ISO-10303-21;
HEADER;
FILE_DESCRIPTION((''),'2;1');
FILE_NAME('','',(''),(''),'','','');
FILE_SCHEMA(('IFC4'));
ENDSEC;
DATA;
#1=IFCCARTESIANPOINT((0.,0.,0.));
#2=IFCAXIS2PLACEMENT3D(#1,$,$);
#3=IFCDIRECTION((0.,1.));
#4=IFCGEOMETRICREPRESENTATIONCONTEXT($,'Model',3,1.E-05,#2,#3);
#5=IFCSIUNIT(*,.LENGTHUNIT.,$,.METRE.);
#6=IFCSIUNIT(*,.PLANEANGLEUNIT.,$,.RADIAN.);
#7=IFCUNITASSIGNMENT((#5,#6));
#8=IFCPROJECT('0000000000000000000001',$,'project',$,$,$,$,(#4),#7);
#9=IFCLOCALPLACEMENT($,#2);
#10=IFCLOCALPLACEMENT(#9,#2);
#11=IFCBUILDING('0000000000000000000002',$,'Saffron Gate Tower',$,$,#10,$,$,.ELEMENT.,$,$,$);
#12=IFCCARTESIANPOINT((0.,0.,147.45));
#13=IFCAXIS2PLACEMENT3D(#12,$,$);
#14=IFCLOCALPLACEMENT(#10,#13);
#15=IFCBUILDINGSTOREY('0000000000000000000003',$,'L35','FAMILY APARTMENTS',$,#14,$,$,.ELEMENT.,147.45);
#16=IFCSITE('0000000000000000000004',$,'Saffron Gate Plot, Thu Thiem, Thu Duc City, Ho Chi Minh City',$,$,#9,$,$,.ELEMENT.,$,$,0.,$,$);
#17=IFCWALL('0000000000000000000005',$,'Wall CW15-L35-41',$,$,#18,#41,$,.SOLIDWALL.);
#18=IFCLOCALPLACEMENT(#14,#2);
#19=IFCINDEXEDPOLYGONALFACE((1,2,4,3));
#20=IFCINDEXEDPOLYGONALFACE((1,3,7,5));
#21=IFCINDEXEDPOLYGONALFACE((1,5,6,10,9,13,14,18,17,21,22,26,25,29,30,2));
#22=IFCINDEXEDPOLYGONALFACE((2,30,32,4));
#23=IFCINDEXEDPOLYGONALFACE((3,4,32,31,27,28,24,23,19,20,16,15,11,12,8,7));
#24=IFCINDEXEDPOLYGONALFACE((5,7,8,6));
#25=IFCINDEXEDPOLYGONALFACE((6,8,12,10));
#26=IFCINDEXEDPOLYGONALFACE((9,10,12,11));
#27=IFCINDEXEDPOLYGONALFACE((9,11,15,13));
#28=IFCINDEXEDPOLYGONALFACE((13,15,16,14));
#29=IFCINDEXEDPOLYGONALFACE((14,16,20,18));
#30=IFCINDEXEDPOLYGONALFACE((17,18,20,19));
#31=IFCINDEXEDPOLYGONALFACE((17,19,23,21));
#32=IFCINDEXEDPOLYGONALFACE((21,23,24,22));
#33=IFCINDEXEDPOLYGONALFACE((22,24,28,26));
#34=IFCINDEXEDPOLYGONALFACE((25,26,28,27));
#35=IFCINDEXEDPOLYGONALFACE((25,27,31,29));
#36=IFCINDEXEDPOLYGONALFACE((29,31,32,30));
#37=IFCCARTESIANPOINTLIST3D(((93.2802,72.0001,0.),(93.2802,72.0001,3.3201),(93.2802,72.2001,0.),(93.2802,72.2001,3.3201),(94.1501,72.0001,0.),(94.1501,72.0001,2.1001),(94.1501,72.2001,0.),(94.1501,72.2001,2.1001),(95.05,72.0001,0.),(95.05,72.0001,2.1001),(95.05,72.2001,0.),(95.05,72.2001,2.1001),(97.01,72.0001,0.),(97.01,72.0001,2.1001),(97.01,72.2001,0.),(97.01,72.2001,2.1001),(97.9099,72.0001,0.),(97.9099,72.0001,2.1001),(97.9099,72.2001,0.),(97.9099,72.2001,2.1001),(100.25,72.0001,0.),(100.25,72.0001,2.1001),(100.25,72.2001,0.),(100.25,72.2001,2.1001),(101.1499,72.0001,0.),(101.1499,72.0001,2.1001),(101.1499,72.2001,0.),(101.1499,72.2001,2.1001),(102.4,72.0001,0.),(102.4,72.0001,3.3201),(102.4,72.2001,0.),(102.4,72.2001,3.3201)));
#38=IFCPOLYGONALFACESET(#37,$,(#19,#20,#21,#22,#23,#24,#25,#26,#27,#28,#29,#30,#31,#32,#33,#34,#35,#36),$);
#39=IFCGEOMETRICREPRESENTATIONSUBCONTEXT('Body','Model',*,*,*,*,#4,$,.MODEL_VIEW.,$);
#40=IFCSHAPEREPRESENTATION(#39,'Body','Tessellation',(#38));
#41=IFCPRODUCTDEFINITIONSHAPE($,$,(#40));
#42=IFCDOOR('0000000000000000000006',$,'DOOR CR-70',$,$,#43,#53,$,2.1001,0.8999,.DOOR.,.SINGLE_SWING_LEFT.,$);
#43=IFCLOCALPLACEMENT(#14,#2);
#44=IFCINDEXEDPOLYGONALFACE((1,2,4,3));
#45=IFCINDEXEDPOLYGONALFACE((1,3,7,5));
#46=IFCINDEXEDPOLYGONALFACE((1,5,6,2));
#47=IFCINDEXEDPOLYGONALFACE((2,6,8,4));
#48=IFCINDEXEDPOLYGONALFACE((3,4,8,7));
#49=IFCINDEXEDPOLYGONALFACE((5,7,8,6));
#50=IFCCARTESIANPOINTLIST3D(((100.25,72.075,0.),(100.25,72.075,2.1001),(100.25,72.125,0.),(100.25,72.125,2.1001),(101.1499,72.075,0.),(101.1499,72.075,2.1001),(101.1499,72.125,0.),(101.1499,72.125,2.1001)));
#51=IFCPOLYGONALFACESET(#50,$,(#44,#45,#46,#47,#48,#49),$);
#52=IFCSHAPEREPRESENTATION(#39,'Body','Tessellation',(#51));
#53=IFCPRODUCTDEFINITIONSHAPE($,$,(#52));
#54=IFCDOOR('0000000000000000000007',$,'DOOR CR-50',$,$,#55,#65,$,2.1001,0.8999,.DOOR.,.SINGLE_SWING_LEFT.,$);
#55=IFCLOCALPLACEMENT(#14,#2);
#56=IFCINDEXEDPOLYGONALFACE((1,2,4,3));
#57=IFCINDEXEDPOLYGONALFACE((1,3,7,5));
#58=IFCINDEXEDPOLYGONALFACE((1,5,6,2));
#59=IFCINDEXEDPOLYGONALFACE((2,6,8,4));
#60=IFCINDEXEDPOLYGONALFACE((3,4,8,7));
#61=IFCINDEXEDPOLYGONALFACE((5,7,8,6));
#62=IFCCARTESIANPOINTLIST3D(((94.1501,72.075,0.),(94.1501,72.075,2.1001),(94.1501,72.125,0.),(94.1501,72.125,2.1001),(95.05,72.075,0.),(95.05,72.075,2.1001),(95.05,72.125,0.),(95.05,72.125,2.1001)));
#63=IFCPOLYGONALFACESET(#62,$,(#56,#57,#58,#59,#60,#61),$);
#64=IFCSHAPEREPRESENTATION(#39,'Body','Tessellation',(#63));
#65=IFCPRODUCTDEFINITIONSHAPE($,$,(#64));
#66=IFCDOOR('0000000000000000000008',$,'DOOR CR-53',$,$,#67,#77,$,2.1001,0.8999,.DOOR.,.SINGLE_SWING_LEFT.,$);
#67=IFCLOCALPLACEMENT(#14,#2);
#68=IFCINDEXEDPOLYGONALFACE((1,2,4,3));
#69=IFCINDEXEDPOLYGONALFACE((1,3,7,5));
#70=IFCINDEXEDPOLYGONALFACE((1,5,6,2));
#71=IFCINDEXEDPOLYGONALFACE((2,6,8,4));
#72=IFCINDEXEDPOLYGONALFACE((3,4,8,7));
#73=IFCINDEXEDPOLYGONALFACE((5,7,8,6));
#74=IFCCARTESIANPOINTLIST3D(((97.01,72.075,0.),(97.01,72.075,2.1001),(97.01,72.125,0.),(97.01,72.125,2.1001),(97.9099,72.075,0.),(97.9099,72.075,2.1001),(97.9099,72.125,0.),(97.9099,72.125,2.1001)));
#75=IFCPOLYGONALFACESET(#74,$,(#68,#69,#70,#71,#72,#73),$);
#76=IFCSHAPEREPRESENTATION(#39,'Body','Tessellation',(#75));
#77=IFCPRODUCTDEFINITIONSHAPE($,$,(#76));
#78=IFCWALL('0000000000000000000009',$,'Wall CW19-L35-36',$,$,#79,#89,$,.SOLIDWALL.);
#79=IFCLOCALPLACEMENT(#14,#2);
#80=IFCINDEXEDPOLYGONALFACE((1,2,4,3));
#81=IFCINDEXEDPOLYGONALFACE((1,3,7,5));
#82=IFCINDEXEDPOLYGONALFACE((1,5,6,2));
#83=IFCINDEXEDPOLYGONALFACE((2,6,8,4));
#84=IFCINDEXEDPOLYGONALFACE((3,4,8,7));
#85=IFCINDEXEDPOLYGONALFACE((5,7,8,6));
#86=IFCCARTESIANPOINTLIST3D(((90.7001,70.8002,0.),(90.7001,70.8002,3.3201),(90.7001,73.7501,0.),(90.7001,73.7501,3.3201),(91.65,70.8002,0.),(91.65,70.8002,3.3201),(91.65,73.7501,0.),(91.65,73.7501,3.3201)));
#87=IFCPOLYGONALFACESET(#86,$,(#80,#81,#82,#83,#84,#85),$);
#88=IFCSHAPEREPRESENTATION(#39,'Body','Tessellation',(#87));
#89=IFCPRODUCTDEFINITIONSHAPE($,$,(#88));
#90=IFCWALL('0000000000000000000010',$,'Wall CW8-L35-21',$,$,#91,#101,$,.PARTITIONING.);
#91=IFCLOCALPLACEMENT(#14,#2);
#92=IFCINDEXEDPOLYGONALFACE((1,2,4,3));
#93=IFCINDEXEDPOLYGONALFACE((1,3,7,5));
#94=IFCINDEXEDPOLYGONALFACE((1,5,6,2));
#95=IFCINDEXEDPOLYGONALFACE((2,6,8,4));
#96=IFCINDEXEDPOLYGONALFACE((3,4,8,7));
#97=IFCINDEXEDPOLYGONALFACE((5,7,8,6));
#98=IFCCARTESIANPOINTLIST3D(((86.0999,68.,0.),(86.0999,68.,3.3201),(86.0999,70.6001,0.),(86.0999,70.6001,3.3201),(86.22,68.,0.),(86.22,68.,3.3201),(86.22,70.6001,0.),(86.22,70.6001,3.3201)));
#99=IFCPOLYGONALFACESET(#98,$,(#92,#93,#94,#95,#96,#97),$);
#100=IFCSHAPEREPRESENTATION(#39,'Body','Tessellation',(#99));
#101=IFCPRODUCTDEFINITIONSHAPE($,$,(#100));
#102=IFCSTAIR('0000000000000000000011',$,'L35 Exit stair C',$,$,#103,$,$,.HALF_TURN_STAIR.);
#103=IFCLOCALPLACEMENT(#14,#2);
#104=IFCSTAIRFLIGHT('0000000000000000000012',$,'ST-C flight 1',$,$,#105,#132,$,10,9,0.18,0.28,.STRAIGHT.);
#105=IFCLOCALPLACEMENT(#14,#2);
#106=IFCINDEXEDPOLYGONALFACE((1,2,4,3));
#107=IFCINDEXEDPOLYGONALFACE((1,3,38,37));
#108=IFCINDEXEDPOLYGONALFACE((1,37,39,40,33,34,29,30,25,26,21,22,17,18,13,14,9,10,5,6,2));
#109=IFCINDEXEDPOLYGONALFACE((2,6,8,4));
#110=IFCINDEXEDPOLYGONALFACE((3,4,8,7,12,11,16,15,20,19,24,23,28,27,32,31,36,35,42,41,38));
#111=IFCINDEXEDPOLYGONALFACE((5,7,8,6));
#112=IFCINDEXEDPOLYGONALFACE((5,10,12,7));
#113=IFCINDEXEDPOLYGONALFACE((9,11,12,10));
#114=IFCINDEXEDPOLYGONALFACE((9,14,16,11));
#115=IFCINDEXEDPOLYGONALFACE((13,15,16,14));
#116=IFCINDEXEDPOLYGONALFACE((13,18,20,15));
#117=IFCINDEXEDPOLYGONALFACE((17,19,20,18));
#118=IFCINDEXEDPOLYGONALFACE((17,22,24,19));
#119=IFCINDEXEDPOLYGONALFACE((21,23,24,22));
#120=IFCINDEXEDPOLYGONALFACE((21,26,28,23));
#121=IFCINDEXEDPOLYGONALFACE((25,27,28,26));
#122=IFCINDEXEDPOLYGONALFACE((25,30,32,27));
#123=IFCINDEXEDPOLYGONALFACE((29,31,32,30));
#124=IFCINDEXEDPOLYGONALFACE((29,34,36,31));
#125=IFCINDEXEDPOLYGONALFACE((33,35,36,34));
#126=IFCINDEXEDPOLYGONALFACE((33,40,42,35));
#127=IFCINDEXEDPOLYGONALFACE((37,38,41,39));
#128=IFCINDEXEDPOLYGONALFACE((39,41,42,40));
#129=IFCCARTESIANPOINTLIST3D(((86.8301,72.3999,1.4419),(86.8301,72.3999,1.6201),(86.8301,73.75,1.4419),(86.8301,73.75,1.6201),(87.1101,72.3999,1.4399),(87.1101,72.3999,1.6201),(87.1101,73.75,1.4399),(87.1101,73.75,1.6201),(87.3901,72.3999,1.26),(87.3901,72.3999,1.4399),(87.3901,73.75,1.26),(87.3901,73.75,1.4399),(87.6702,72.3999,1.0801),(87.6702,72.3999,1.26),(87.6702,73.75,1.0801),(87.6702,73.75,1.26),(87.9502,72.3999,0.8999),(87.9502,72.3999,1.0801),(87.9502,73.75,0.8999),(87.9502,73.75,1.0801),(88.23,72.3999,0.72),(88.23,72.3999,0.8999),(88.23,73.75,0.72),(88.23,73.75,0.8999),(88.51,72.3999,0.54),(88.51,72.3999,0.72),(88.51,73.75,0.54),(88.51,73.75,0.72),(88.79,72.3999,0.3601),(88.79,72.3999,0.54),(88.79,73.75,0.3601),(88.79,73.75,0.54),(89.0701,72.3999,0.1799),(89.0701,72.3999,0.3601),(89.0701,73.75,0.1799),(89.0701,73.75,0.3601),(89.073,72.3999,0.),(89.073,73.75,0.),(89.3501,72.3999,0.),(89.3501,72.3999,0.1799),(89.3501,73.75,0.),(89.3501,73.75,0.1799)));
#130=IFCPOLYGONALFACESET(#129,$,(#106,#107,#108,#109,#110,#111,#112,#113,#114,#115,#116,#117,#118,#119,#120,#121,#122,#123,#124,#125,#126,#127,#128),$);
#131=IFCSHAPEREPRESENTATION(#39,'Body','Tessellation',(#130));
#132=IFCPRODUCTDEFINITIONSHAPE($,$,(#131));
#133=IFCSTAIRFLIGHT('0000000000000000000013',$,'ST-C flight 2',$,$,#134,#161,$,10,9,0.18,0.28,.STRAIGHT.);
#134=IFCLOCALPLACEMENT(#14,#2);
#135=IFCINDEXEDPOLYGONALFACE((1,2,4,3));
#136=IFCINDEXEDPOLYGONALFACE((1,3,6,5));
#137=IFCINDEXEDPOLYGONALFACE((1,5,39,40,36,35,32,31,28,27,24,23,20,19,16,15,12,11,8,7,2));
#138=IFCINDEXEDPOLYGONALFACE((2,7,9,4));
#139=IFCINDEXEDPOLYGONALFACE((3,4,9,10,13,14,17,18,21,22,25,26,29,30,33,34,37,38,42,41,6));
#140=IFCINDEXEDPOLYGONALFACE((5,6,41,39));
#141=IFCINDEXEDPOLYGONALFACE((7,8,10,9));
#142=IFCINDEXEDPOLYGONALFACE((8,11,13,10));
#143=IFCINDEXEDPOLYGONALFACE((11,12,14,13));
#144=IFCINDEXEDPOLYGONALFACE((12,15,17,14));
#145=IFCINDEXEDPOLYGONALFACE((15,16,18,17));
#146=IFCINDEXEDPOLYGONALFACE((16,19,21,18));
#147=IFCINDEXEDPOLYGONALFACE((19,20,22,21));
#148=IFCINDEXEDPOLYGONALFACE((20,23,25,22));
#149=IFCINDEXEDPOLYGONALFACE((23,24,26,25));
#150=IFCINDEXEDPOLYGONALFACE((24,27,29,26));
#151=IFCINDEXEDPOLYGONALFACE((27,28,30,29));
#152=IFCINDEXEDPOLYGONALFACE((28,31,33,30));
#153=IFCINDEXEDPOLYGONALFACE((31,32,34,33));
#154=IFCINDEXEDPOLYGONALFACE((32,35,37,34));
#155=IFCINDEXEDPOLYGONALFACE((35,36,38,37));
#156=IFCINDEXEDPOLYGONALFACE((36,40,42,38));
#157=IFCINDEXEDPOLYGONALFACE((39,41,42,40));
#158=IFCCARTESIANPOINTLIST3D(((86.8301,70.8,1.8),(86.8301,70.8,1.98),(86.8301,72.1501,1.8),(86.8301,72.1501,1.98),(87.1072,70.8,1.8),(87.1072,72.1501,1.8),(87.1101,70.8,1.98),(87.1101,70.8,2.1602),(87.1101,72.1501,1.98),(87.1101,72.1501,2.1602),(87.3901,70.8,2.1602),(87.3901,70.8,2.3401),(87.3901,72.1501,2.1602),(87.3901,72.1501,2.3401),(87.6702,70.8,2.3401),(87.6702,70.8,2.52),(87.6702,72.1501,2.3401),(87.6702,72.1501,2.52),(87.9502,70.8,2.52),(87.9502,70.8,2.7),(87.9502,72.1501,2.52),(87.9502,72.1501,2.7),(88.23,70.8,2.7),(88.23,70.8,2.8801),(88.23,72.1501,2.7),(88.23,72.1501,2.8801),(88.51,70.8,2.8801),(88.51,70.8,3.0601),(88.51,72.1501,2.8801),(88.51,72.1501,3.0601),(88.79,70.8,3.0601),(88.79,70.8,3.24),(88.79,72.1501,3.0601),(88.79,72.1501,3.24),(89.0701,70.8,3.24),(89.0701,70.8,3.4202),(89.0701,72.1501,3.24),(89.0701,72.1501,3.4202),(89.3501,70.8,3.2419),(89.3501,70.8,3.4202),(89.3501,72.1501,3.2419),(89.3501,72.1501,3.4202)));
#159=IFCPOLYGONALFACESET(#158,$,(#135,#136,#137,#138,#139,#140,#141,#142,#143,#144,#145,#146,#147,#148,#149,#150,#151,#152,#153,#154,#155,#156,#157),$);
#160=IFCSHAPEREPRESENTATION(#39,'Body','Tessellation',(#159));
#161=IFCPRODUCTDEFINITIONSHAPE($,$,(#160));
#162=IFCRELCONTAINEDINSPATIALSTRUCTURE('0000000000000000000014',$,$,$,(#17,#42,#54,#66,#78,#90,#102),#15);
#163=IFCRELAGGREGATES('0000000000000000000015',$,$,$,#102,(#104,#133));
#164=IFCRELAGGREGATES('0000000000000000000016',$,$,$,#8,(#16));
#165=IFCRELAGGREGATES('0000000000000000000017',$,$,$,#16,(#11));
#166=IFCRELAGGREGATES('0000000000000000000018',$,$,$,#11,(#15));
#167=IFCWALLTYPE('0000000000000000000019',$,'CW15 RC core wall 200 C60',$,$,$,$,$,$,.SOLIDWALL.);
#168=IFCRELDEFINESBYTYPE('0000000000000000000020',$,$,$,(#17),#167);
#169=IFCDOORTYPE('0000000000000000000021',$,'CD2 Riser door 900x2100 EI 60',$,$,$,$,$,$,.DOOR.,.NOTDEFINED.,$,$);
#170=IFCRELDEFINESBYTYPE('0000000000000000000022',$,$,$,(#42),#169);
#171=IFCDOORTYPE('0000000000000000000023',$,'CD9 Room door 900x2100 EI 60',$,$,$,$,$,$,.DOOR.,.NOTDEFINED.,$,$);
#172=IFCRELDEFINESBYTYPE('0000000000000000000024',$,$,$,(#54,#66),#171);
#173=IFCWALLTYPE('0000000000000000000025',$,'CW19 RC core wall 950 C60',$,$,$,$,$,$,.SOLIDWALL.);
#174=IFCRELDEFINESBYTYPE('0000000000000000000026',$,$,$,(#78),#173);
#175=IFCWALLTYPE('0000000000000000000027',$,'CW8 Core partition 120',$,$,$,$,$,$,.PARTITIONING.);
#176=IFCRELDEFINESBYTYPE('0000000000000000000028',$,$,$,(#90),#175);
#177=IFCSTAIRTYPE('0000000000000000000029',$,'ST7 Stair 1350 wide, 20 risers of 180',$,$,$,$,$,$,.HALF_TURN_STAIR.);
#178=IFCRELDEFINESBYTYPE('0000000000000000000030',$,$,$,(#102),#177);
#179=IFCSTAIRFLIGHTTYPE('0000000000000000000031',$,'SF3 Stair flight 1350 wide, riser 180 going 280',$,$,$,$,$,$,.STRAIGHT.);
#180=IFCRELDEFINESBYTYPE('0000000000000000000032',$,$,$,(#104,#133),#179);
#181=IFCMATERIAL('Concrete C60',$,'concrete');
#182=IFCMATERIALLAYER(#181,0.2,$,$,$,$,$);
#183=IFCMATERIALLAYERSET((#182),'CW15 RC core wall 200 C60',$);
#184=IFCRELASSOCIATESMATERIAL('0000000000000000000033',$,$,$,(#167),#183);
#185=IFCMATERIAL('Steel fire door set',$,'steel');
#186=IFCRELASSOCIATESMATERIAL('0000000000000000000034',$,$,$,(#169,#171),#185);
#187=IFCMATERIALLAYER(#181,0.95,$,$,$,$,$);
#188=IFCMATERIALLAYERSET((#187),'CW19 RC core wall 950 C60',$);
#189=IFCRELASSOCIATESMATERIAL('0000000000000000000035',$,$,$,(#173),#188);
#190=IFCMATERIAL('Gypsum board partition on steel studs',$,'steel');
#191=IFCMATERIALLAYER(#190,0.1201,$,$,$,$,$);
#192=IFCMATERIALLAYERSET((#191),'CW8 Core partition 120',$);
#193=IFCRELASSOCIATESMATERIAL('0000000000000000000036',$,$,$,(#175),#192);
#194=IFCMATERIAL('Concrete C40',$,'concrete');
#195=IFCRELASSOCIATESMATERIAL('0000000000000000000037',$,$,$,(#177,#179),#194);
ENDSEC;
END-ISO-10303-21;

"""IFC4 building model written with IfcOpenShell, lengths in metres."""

from ifc_helpers import new_model, si_unit, direction, frame, frame_2d, origin, place, context, subcontext, project, spatial, polyline, rectangle, outline, extrude, material, layer, layer_set, type_object, element, fill, aggregate, save


model = new_model("IFC4")

# Units and contexts
model_context = context("Model", 3, precision=1e-05, world=origin(), true_north=direction((0.0, 1.0)))
body_context = subcontext(model_context, "Body", "Model", "MODEL_VIEW")
ifc_project = project(units=[si_unit("LENGTHUNIT", "METRE"), si_unit("PLANEANGLEUNIT", "RADIAN")], contexts=[model_context])

# Site, building, storey
site_placement = place(None, origin())
site = spatial("IfcSite", under=ifc_project, at=site_placement, Name="Saffron Gate Plot, Thu Thiem, Thu Duc City, Ho Chi Minh City", CompositionType="ELEMENT", RefElevation=0.0)
building_placement = place(site_placement, origin())
building = spatial("IfcBuilding", under=site, at=building_placement, Name="Saffron Gate Tower", CompositionType="ELEMENT")
storey_placement = place(building_placement, frame((0.0, 0.0, 147.45)))
storey = spatial("IfcBuildingStorey", under=building, at=storey_placement, Name="L35", Description="FAMILY APARTMENTS", CompositionType="ELEMENT", Elevation=147.45)

# Shared definitions
ifc_material_1 = material(Name="Gypsum board partition on steel studs", Category="steel")
ifc_material_2 = material(Name="Concrete C60", Category="concrete")

# Shared definitions
ifc_material_3 = material(Name="Steel fire door set", Category="steel")

# Wall, openings, doors
ifc_layer_1 = layer(ifc_material_2, 0.2)
ifc_layer_set_1 = layer_set([ifc_layer_1], Name="CW15 RC core wall 200 C60")
wall_type_1 = type_object("IfcWallType", Name="CW15 RC core wall 200 C60", PredefinedType="SOLIDWALL", material=ifc_layer_set_1)
door_type_1 = type_object("IfcDoorType", Name="CD2 Riser door 900x2100 EI 60", OperationType="NOTDEFINED", PredefinedType="DOOR", material=ifc_material_3)
wall_1_placement = place(storey_placement, frame((93.28, 72.1001, 0.0), z_axis=(0.0, 0.0, 1.0), x_axis=(1.0, 0.0, 0.0)))
wall_1 = element("IfcWall", 1, at=wall_1_placement, inside=storey, type_object=wall_type_1, Name="Wall CW15-L35-41", PredefinedType="SOLIDWALL", context=body_context, shape_type="SweptSolid", body=[
    extrude(rectangle(XDim=9.1199, YDim=0.2, at=frame_2d((4.5601, 0.0))), origin(), (0.0, 0.0, 1.0), 3.3201),
])
opening_1_placement = place(wall_1_placement, frame((0.8701, 0.0, 0.0)))
opening_1 = element("IfcOpeningElement", 2, at=opening_1_placement, cuts=wall_1, PredefinedType="OPENING", context=body_context, shape_type="SweptSolid", body=[
    extrude(rectangle(XDim=0.8999, YDim=2.1001, at=frame_2d((0.45, 1.05))), frame((0.0, 0.1099, 0.0), z_axis=(0.0, -1.0, 0.0), x_axis=(1.0, 0.0, 0.0)), (0.0, 0.0, 1.0), 0.22),
])
opening_2_placement = place(wall_1_placement, frame((3.73, 0.0, 0.0)))
opening_2 = element("IfcOpeningElement", 3, at=opening_2_placement, cuts=wall_1, PredefinedType="OPENING", context=body_context, shape_type="SweptSolid", body=[
    extrude(rectangle(XDim=0.8999, YDim=2.1001, at=frame_2d((0.45, 1.05))), frame((0.0, 0.1099, 0.0), z_axis=(0.0, -1.0, 0.0), x_axis=(1.0, 0.0, 0.0)), (0.0, 0.0, 1.0), 0.22),
])
opening_3_placement = place(wall_1_placement, frame((6.97, 0.0, 0.0)))
opening_3 = element("IfcOpeningElement", 4, at=opening_3_placement, cuts=wall_1, PredefinedType="OPENING", context=body_context, shape_type="SweptSolid", body=[
    extrude(rectangle(XDim=0.8999, YDim=2.1001, at=frame_2d((0.45, 1.05))), frame((0.0, 0.1099, 0.0), z_axis=(0.0, -1.0, 0.0), x_axis=(1.0, 0.0, 0.0)), (0.0, 0.0, 1.0), 0.22),
])
door_1_placement = place(opening_3_placement, origin())
door_1 = element("IfcDoor", 5, at=door_1_placement, inside=storey, type_object=door_type_1, Name="DOOR CR-70", OperationType="SINGLE_SWING_LEFT", OverallHeight=2.1001, OverallWidth=0.8999, PredefinedType="DOOR", context=body_context, shape_type="SweptSolid", body=[
    extrude(rectangle(XDim=0.8999, YDim=2.1001, at=frame_2d((0.45, 1.05))), frame((0.0, 0.0249, 0.0), z_axis=(0.0, -1.0, 0.0), x_axis=(1.0, 0.0, 0.0)), (0.0, 0.0, 1.0), 0.05),
])
fill(opening_3, door_1)
door_type_2 = type_object("IfcDoorType", Name="CD9 Room door 900x2100 EI 60", OperationType="NOTDEFINED", PredefinedType="DOOR", material=ifc_material_3)
door_2_placement = place(opening_1_placement, origin())
door_2 = element("IfcDoor", 6, at=door_2_placement, inside=storey, type_object=door_type_2, Name="DOOR CR-50", OperationType="SINGLE_SWING_LEFT", OverallHeight=2.1001, OverallWidth=0.8999, PredefinedType="DOOR", context=body_context, shape_type="SweptSolid", body=[
    extrude(rectangle(XDim=0.8999, YDim=2.1001, at=frame_2d((0.45, 1.05))), frame((0.0, 0.0249, 0.0), z_axis=(0.0, -1.0, 0.0), x_axis=(1.0, 0.0, 0.0)), (0.0, 0.0, 1.0), 0.05),
])
fill(opening_1, door_2)
door_3_placement = place(opening_2_placement, origin())
door_3 = element("IfcDoor", 7, at=door_3_placement, inside=storey, type_object=door_type_2, Name="DOOR CR-53", OperationType="SINGLE_SWING_LEFT", OverallHeight=2.1001, OverallWidth=0.8999, PredefinedType="DOOR", context=body_context, shape_type="SweptSolid", body=[
    extrude(rectangle(XDim=0.8999, YDim=2.1001, at=frame_2d((0.45, 1.05))), frame((0.0, 0.0249, 0.0), z_axis=(0.0, -1.0, 0.0), x_axis=(1.0, 0.0, 0.0)), (0.0, 0.0, 1.0), 0.05),
])
fill(opening_2, door_3)

# Walls
ifc_layer_2 = layer(ifc_material_2, 0.95)
ifc_layer_set_2 = layer_set([ifc_layer_2], Name="CW19 RC core wall 950 C60")
wall_type_2 = type_object("IfcWallType", Name="CW19 RC core wall 950 C60", PredefinedType="SOLIDWALL", material=ifc_layer_set_2)
wall_2_placement = place(storey_placement, frame((91.175, 70.8, 0.0), z_axis=(0.0, 0.0, 1.0), x_axis=(0.0, 1.0, 0.0)))
element("IfcWall", 8, at=wall_2_placement, inside=storey, type_object=wall_type_2, Name="Wall CW19-L35-36", PredefinedType="SOLIDWALL", context=body_context, shape_type="SweptSolid", body=[
    extrude(rectangle(XDim=2.95, YDim=0.95, at=frame_2d((1.4751, 0.0))), origin(), (0.0, 0.0, 1.0), 3.3201),
])
ifc_layer_3 = layer(ifc_material_1, 0.1201)
ifc_layer_set_3 = layer_set([ifc_layer_3], Name="CW8 Core partition 120")
wall_type_3 = type_object("IfcWallType", Name="CW8 Core partition 120", PredefinedType="PARTITIONING", material=ifc_layer_set_3)
wall_3_placement = place(storey_placement, frame((86.1599, 68.0, 0.0), z_axis=(0.0, 0.0, 1.0), x_axis=(0.0, 1.0, 0.0)))
element("IfcWall", 9, at=wall_3_placement, inside=storey, type_object=wall_type_3, Name="Wall CW8-L35-21", PredefinedType="PARTITIONING", context=body_context, shape_type="SweptSolid", body=[
    extrude(rectangle(XDim=2.6001, YDim=0.1201, at=frame_2d((1.3, 0.0))), origin(), (0.0, 0.0, 1.0), 3.3201),
])

# Stair, stair flights
ifc_material_4 = material(Name="Concrete C40", Category="concrete")
stair_type = type_object("IfcStairType", Name="ST7 Stair 1350 wide, 20 risers of 180", PredefinedType="HALF_TURN_STAIR", material=ifc_material_4)
stair_placement = place(storey_placement, origin())
stair = element("IfcStair", 10, at=stair_placement, inside=storey, type_object=stair_type, Name="L35 Exit stair C", PredefinedType="HALF_TURN_STAIR")
stair_flight_type = type_object("IfcStairFlightType", Name="SF3 Stair flight 1350 wide, riser 180 going 280", PredefinedType="STRAIGHT", material=ifc_material_4)
stair_flight_1_placement = place(storey_placement, frame((89.3501, 73.075, 0.0), z_axis=(0.0, 0.0, 1.0), x_axis=(-1.0, 0.0, 0.0)))
stair_flight_1 = element("IfcStairFlight", 11, at=stair_flight_1_placement, type_object=stair_flight_type, Name="ST-C flight 1", NumberOfRisers=10, NumberOfTreads=9, PredefinedType="STRAIGHT", RiserHeight=0.18, TreadLength=0.28, context=body_context, shape_type="SweptSolid", body=[
    extrude(outline(polyline([(0.0, 0.0), (0.0, 0.1799), (0.28, 0.1799), (0.28, 0.3601), (0.5601, 0.3601), (0.5601, 0.54), (0.8401, 0.54), (0.8401, 0.72), (1.1201, 0.72), (1.1201, 0.8999), (1.3999, 0.8999), (1.3999, 1.0801), (1.6799, 1.0801), (1.6799, 1.26), (1.96, 1.26), (1.96, 1.4399), (2.24, 1.4399), (2.24, 1.6201), (2.52, 1.6201), (2.52, 1.8), (2.52, 1.4419), (0.2771, 0.0), (0.0, 0.0)])), frame((0.0, 0.675, 0.0), z_axis=(0.0, -1.0, 0.0), x_axis=(1.0, 0.0, 0.0)), (0.0, 0.0, 1.0), 1.3501),
])
stair_flight_2_placement = place(storey_placement, frame((86.8301, 71.4751, 1.8), z_axis=(0.0, 0.0, 1.0), x_axis=(1.0, 0.0, 0.0)))
stair_flight_2 = element("IfcStairFlight", 12, at=stair_flight_2_placement, type_object=stair_flight_type, Name="ST-C flight 2", NumberOfRisers=10, NumberOfTreads=9, PredefinedType="STRAIGHT", RiserHeight=0.18, TreadLength=0.28, context=body_context, shape_type="SweptSolid", body=[
    extrude(outline(polyline([(0.0, 0.0), (0.0, 0.1799), (0.28, 0.1799), (0.28, 0.3601), (0.5601, 0.3601), (0.5601, 0.54), (0.8401, 0.54), (0.8401, 0.72), (1.1201, 0.72), (1.1201, 0.8999), (1.3999, 0.8999), (1.3999, 1.0801), (1.6799, 1.0801), (1.6799, 1.26), (1.96, 1.26), (1.96, 1.4399), (2.24, 1.4399), (2.24, 1.6201), (2.52, 1.6201), (2.52, 1.8), (2.52, 1.4419), (0.2771, 0.0), (0.0, 0.0)])), frame((0.0, 0.675, 0.0), z_axis=(0.0, -1.0, 0.0), x_axis=(1.0, 0.0, 0.0)), (0.0, 0.0, 1.0), 1.3501),
])
aggregate(stair, [stair_flight_1, stair_flight_2])

save(model, "model.ifc")
